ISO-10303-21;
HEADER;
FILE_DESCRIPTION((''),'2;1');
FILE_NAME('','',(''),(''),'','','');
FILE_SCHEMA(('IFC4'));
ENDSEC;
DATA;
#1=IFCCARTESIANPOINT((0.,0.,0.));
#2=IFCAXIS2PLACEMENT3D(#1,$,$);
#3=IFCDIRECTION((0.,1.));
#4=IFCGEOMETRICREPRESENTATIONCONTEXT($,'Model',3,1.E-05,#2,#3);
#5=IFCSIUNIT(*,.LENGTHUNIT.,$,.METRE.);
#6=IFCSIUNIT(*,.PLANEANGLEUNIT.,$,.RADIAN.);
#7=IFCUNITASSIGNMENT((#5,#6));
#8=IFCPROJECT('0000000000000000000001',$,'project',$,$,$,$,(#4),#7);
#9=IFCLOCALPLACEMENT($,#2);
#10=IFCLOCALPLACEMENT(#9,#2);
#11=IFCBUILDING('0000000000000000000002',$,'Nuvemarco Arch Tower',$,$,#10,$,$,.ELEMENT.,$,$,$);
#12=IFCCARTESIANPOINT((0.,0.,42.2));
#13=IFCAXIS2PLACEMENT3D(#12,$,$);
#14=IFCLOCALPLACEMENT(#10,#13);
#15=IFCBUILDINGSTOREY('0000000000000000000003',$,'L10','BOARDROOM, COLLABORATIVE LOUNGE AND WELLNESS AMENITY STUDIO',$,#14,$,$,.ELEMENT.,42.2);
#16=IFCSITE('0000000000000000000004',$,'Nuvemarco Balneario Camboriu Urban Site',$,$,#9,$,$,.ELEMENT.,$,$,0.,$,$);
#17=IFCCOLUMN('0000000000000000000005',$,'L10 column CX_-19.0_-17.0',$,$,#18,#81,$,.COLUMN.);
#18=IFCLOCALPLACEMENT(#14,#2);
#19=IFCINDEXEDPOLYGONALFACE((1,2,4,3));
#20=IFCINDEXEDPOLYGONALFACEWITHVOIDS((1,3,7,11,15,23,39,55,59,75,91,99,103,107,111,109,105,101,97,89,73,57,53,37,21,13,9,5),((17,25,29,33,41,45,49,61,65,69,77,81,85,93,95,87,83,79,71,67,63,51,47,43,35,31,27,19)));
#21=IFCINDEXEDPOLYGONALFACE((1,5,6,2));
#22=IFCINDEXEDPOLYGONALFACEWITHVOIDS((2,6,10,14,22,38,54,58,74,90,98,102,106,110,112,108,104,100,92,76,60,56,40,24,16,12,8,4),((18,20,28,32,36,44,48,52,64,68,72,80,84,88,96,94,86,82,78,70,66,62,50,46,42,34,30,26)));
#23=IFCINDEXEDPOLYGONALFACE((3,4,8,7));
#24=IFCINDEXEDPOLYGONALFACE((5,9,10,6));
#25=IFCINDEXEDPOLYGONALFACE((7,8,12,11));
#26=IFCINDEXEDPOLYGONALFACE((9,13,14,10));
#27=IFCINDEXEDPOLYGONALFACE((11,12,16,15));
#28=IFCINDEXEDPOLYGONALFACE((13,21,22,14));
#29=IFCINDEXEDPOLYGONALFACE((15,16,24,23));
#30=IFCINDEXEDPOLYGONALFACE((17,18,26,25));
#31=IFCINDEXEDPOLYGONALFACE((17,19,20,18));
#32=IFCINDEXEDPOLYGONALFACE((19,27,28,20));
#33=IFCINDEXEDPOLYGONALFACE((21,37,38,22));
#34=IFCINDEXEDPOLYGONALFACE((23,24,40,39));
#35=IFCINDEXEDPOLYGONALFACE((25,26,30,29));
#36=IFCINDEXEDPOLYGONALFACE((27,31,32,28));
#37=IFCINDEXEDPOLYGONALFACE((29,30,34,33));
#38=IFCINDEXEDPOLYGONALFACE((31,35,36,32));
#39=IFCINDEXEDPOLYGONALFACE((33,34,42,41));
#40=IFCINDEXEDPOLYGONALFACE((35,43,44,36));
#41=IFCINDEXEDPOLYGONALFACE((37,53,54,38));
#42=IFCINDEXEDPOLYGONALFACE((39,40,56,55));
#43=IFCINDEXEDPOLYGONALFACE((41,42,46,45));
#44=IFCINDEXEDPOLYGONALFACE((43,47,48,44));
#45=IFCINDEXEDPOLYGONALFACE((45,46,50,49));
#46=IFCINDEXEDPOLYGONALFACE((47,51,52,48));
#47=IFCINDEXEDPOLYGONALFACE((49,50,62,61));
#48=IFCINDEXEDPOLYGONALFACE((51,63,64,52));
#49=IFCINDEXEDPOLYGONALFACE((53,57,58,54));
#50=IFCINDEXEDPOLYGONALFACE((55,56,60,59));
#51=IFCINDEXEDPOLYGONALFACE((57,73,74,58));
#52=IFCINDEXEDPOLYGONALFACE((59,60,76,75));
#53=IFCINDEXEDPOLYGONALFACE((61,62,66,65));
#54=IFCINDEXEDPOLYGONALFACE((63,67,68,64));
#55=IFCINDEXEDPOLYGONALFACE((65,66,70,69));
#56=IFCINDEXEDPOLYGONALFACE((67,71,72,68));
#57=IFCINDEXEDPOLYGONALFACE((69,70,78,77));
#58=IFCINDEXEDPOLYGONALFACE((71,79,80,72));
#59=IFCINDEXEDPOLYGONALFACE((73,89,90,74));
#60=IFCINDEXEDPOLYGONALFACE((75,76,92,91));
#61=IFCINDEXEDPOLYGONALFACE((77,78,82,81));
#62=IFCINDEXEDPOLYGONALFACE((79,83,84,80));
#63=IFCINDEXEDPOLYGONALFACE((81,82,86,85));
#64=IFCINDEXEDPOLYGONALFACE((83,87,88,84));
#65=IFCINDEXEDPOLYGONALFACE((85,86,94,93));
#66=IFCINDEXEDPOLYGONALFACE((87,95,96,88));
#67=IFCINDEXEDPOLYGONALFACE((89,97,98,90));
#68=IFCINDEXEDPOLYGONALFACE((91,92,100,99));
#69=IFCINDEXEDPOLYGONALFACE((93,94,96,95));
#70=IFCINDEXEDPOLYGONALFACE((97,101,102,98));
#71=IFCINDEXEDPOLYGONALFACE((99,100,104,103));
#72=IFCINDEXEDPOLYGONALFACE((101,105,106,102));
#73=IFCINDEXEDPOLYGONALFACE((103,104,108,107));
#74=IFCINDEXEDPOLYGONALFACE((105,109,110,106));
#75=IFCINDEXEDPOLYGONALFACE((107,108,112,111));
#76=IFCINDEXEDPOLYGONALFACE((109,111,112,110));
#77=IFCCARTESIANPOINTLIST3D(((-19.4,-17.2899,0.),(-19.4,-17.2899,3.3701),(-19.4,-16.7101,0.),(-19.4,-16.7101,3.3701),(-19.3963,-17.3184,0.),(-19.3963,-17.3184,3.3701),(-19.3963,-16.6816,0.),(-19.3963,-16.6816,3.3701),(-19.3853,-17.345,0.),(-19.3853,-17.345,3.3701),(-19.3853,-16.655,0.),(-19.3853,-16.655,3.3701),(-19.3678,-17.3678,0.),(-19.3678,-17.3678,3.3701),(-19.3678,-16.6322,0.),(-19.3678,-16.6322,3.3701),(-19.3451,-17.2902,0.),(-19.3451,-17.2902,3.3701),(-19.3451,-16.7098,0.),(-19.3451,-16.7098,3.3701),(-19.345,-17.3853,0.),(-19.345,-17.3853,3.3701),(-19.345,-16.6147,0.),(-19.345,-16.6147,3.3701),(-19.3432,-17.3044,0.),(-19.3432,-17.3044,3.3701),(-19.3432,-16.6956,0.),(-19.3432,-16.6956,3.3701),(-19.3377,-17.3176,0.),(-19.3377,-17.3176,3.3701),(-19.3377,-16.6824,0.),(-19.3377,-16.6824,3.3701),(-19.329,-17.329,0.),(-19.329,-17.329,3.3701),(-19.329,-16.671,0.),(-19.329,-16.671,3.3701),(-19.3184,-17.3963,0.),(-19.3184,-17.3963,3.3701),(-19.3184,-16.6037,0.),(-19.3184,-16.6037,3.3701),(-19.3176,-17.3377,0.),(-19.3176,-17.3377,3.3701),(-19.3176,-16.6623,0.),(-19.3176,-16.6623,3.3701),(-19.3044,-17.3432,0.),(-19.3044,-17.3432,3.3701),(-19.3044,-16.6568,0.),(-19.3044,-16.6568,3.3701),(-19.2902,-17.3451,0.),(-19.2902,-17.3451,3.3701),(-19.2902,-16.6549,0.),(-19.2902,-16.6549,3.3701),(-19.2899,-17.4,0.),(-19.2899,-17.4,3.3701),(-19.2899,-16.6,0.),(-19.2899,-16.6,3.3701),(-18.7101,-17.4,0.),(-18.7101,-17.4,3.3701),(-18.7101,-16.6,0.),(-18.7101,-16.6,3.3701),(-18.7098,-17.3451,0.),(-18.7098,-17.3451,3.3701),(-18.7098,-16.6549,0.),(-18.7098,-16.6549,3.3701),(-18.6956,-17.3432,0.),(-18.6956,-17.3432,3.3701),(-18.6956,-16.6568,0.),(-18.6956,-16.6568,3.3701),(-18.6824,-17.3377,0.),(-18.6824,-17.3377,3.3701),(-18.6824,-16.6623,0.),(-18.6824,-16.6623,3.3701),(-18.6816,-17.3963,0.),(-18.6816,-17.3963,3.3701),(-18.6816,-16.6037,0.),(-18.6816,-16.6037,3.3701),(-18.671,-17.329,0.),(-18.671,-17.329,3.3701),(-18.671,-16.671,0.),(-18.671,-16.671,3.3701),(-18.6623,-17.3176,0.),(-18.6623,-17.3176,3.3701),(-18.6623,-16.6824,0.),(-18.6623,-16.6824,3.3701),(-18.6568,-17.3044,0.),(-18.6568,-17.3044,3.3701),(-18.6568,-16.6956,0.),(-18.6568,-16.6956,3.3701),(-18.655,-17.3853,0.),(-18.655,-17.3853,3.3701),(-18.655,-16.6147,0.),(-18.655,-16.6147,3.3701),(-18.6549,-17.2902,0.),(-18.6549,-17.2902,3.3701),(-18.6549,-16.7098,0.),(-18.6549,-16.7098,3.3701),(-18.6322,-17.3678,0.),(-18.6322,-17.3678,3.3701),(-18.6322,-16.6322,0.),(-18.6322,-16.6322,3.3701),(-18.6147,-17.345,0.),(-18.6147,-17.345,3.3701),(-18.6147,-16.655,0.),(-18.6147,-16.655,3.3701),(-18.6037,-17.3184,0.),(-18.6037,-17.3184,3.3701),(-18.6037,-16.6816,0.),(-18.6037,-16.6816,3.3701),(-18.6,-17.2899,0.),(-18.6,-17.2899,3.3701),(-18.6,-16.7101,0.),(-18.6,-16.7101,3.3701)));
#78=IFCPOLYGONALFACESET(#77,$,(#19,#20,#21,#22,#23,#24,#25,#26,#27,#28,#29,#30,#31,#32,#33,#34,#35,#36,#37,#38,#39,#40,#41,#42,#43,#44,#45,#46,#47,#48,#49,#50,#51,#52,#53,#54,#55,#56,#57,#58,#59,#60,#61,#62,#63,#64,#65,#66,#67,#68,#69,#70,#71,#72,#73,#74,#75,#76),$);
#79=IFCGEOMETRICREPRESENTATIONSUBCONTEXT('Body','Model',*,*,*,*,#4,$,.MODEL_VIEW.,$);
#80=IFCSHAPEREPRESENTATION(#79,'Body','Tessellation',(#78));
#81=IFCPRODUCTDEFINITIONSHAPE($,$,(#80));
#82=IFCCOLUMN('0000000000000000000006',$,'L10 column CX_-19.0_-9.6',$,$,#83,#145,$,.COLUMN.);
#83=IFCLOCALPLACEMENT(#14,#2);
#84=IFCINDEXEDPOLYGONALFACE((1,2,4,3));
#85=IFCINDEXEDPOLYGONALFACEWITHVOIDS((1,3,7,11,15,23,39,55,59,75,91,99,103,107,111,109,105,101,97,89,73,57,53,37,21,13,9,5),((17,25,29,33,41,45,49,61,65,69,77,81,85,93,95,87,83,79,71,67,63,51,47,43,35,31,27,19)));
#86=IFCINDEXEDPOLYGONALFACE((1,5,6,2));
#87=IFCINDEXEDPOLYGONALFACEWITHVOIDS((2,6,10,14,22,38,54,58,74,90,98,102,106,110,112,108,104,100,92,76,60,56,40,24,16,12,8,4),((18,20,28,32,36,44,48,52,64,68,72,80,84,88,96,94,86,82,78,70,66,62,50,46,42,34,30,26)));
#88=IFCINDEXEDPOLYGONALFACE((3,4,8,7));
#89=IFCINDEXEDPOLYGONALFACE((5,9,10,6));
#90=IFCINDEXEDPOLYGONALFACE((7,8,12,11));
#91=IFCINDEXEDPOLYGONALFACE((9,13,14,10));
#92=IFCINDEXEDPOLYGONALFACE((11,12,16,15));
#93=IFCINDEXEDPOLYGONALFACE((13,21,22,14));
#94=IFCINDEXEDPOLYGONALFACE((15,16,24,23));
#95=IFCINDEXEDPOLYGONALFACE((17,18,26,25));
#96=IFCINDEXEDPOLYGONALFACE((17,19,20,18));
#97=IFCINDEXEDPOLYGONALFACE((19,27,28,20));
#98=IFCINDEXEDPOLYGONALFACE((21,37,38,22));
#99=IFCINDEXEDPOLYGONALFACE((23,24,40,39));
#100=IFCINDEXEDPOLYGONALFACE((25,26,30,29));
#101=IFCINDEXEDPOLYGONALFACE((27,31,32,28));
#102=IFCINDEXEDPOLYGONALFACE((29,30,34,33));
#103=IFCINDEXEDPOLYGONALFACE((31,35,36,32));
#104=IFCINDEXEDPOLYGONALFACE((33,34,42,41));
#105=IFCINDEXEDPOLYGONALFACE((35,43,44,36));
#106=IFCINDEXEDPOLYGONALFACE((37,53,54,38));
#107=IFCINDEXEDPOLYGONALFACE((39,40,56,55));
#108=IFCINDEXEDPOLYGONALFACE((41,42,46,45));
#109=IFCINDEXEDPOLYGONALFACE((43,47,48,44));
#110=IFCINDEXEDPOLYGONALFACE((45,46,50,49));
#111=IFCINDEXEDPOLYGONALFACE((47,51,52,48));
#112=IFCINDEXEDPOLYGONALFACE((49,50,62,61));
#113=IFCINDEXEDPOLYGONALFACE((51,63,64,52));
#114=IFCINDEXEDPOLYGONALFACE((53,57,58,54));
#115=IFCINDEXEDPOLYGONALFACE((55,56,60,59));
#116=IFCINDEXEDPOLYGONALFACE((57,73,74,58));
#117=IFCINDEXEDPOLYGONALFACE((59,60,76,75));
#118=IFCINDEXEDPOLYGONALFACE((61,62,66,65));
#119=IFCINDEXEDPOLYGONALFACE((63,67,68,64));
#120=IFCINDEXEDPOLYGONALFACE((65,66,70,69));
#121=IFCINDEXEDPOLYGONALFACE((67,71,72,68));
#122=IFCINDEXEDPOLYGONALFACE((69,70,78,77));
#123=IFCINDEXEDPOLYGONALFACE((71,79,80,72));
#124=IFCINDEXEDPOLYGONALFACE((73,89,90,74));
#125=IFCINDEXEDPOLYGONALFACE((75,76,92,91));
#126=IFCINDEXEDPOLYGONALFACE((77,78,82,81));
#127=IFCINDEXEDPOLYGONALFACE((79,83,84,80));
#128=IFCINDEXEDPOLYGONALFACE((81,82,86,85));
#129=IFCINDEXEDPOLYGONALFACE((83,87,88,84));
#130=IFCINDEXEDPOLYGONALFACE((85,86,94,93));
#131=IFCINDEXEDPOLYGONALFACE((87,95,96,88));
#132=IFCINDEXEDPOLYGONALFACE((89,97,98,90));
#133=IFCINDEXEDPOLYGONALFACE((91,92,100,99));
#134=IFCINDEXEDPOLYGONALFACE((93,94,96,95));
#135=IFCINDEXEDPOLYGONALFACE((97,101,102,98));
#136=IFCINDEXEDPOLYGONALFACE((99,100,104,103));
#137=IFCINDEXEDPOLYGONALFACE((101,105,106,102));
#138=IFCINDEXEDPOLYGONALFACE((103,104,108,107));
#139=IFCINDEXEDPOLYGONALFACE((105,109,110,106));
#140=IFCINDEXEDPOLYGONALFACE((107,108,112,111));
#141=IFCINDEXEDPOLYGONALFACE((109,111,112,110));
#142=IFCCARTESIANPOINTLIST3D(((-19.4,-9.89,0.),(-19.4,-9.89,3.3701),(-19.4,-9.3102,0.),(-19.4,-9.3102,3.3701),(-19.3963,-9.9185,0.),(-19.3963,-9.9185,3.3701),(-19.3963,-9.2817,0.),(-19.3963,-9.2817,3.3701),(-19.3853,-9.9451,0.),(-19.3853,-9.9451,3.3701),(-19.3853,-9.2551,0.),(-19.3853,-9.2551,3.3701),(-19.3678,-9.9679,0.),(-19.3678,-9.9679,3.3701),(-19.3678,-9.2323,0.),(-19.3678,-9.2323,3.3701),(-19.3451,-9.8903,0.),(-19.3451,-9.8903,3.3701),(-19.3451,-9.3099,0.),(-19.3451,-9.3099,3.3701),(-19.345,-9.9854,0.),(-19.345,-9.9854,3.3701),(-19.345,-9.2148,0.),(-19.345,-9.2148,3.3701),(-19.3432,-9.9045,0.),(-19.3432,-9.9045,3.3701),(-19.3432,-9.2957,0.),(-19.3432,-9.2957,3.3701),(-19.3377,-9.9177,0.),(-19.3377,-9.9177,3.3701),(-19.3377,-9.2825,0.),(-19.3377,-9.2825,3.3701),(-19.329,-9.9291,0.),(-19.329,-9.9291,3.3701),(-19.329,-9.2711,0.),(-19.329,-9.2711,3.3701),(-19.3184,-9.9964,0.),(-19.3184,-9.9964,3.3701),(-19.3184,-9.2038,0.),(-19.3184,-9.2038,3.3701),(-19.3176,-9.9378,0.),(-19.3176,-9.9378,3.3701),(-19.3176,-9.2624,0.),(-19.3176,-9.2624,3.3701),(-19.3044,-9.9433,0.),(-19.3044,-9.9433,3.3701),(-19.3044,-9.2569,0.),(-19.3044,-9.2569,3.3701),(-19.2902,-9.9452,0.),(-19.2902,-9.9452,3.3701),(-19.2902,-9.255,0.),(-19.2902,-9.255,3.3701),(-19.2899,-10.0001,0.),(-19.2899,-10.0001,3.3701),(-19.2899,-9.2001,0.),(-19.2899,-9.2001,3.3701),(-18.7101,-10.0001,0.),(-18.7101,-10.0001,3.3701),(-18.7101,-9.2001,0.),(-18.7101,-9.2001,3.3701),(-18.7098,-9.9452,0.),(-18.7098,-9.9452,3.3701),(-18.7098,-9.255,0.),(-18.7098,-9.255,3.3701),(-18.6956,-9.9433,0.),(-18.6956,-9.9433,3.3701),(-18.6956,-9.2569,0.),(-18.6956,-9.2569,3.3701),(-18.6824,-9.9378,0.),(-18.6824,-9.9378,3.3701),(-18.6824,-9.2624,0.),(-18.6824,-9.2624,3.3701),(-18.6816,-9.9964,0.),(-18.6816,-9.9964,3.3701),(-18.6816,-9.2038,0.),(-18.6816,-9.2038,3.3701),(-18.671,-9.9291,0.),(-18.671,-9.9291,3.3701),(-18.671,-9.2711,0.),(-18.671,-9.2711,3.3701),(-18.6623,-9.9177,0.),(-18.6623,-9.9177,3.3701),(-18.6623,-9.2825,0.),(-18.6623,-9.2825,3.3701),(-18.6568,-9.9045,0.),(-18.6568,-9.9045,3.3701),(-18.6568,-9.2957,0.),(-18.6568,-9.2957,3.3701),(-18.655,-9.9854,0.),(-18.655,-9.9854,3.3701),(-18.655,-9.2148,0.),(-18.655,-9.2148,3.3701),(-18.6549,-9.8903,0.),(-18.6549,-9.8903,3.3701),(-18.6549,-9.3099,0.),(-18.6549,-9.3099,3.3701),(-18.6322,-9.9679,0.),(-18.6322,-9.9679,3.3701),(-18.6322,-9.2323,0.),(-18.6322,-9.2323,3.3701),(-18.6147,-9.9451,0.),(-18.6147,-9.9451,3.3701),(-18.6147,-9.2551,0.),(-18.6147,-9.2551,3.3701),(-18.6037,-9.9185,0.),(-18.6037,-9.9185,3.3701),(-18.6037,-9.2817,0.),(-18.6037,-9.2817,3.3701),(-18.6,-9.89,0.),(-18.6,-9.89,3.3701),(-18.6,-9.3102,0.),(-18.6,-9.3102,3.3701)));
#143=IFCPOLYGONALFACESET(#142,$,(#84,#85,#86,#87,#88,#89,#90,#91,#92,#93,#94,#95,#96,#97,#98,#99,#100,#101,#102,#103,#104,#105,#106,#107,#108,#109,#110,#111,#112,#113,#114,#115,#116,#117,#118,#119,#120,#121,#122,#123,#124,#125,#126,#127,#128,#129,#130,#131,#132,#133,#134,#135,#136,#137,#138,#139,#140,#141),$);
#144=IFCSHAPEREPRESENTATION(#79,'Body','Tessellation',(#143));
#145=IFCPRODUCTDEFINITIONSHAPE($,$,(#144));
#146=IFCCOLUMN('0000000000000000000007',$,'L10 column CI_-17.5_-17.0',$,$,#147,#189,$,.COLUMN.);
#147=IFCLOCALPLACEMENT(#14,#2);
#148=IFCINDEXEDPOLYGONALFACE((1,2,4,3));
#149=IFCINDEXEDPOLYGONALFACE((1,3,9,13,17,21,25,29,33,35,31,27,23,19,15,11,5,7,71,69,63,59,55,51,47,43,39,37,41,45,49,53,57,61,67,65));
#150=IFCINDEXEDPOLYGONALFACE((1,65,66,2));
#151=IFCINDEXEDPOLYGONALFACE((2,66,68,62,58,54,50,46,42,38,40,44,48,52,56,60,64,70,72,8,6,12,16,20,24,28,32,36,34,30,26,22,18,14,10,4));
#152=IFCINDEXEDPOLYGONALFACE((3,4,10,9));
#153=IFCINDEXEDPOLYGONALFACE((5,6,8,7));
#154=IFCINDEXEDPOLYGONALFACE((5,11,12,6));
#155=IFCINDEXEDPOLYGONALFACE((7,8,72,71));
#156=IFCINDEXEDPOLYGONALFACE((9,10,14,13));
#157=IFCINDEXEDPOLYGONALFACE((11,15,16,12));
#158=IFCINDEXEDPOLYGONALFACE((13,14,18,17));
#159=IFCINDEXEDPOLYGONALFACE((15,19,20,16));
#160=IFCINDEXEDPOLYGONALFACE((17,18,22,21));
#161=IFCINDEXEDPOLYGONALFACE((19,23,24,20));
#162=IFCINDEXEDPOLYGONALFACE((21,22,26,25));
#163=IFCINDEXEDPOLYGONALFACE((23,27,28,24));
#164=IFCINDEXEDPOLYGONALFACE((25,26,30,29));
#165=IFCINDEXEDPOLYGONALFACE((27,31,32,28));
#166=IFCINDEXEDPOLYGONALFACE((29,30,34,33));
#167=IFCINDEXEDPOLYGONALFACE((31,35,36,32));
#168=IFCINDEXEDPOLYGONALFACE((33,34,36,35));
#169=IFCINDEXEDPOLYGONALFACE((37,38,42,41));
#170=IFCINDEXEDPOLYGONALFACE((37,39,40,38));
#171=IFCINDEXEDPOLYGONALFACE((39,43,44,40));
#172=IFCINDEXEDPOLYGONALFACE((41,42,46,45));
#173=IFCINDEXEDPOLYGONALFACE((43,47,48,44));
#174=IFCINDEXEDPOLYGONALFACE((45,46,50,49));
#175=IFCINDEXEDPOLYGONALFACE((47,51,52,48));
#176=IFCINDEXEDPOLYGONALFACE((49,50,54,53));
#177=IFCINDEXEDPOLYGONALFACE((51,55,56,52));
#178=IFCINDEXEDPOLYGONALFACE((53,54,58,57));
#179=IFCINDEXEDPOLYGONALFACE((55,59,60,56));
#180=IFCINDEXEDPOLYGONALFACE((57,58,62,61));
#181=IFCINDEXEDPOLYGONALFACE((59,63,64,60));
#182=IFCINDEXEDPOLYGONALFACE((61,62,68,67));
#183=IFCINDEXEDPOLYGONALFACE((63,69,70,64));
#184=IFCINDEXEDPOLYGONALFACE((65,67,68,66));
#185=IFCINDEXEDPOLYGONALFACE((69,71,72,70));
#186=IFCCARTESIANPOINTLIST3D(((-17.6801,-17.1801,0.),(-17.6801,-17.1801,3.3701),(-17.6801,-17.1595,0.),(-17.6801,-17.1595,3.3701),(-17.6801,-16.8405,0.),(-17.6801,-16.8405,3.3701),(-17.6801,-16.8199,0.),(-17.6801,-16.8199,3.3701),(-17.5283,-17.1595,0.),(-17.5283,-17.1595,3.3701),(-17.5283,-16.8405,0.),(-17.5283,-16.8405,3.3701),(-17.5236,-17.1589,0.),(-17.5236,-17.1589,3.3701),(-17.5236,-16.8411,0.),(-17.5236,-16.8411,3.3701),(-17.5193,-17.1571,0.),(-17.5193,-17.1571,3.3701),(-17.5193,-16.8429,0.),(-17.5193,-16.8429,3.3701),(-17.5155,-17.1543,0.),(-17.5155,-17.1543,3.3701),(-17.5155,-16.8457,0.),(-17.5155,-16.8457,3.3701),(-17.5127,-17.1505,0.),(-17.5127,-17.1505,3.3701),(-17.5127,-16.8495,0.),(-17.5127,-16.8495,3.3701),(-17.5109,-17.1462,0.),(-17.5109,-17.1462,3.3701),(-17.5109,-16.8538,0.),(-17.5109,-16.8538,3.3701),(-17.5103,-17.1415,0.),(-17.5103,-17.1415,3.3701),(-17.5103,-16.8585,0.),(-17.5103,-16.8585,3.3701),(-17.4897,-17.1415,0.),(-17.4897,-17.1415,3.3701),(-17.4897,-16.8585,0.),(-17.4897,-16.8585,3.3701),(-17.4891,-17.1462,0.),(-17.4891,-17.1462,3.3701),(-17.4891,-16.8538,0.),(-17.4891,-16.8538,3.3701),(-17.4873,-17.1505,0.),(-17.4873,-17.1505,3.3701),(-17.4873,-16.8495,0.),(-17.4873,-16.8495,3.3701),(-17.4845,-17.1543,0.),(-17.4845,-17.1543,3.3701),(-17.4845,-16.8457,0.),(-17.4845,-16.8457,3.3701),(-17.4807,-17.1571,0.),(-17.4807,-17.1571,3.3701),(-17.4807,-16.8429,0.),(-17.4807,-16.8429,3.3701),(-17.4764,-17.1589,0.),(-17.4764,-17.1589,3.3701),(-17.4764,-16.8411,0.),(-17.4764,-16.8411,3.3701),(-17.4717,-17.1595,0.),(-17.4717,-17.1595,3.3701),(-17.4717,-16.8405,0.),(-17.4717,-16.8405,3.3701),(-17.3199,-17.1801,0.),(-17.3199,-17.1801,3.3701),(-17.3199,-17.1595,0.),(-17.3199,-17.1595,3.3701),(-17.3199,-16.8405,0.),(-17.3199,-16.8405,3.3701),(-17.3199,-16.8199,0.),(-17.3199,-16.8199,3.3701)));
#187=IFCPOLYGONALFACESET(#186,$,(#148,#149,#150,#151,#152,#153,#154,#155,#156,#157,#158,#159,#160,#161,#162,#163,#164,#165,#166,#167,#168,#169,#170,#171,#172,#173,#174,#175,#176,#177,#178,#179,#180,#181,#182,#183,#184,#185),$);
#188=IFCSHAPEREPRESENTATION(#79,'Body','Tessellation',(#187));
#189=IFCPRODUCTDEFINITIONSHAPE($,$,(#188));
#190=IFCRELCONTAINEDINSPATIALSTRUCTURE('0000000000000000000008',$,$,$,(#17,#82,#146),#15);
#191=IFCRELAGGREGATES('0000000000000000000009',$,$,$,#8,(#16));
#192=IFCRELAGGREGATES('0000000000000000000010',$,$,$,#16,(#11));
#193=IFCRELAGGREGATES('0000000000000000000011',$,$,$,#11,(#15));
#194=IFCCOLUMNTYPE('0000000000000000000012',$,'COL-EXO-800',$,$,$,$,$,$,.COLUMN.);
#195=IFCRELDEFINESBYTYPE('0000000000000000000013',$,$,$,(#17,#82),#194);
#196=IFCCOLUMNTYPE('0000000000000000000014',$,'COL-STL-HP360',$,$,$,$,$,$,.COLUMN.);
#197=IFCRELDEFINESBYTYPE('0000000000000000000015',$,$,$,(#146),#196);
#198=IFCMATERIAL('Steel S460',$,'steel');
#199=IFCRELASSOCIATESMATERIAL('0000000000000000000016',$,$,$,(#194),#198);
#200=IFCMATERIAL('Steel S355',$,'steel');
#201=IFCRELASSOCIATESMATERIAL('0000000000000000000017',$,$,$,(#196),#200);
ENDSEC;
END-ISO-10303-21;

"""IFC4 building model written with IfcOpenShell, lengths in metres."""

from ifc_helpers import new_model, si_unit, direction, frame, origin, origin_2d, place, context, subcontext, project, spatial, hollow_rectangle, i_section, extrude, material, material_profile, profile_set, type_object, element, save


model = new_model("IFC4")

# Units and contexts
model_context = context("Model", 3, precision=1e-05, world=origin(), true_north=direction((0.0, 1.0)))
body_context = subcontext(model_context, "Body", "Model", "MODEL_VIEW")
ifc_project = project(units=[si_unit("LENGTHUNIT", "METRE"), si_unit("PLANEANGLEUNIT", "RADIAN")], contexts=[model_context])

# Site, building, storey
site_placement = place(None, origin())
site = spatial("IfcSite", under=ifc_project, at=site_placement, Name="Nuvemarco Balneario Camboriu Urban Site", CompositionType="ELEMENT", RefElevation=0.0)
building_placement = place(site_placement, origin())
building = spatial("IfcBuilding", under=site, at=building_placement, Name="Nuvemarco Arch Tower", CompositionType="ELEMENT")
storey_placement = place(building_placement, frame((0.0, 0.0, 42.2)))
storey = spatial("IfcBuildingStorey", under=building, at=storey_placement, Name="L10", Description="BOARDROOM, COLLABORATIVE LOUNGE AND WELLNESS AMENITY STUDIO", CompositionType="ELEMENT", Elevation=42.2)

# Columns
ifc_material_1 = material(Name="Steel S460", Category="steel")
ifc_material_profile_1 = material_profile(ifc_material_1, hollow_rectangle(XDim=0.8, YDim=0.8, WallThickness=0.0549, InnerFilletRadius=0.0549, OuterFilletRadius=0.1101, at=origin_2d()), Name="SHS800x800x55")
ifc_profile_set_1 = profile_set([ifc_material_profile_1], Name="Steel S460")
column_type_1 = type_object("IfcColumnType", Name="COL-EXO-800", PredefinedType="COLUMN", material=ifc_profile_set_1)
for number, where, z_axis, x_axis, name in (
    (1, (-19.0, -17.0, 0.0), (0.0, 0.0, 1.0), (1.0, 0.0, 0.0), "L10 column CX_-19.0_-17.0"),
    (2, (-19.0, -9.6001, 0.0), (0.0, 0.0, 1.0), (1.0, 0.0, 0.0), "L10 column CX_-19.0_-9.6"),
):
    element("IfcColumn", number, at=place(storey_placement, frame(where, z_axis=z_axis, x_axis=x_axis)), inside=storey, type_object=column_type_1, Name=name, PredefinedType="COLUMN", context=body_context, shape_type="SweptSolid", body=[
        extrude(hollow_rectangle(XDim=0.8, YDim=0.8, WallThickness=0.0549, InnerFilletRadius=0.0549, OuterFilletRadius=0.1101, at=origin_2d()), origin(), (0.0, 0.0, 1.0), 3.3701),
    ])
ifc_material_2 = material(Name="Steel S355", Category="steel")
ifc_material_profile_2 = material_profile(ifc_material_2, i_section(OverallWidth=0.3601, OverallDepth=0.3601, WebThickness=0.0205, FlangeThickness=0.0205, FilletRadius=0.0181, at=origin_2d()), Name="HP360x174")
ifc_profile_set_2 = profile_set([ifc_material_profile_2], Name="Steel S355")
column_type_2 = type_object("IfcColumnType", Name="COL-STL-HP360", PredefinedType="COLUMN", material=ifc_profile_set_2)
column_placement = place(storey_placement, frame((-17.5, -17.0, 0.0), z_axis=(0.0, 0.0, 1.0), x_axis=(1.0, 0.0, 0.0)))
element("IfcColumn", 3, at=column_placement, inside=storey, type_object=column_type_2, Name="L10 column CI_-17.5_-17.0", PredefinedType="COLUMN", context=body_context, shape_type="SweptSolid", body=[
    extrude(i_section(OverallWidth=0.3601, OverallDepth=0.3601, WebThickness=0.0205, FlangeThickness=0.0205, FilletRadius=0.0181, at=origin_2d()), origin(), (0.0, 0.0, 1.0), 3.3701),
])

save(model, "model.ifc")
